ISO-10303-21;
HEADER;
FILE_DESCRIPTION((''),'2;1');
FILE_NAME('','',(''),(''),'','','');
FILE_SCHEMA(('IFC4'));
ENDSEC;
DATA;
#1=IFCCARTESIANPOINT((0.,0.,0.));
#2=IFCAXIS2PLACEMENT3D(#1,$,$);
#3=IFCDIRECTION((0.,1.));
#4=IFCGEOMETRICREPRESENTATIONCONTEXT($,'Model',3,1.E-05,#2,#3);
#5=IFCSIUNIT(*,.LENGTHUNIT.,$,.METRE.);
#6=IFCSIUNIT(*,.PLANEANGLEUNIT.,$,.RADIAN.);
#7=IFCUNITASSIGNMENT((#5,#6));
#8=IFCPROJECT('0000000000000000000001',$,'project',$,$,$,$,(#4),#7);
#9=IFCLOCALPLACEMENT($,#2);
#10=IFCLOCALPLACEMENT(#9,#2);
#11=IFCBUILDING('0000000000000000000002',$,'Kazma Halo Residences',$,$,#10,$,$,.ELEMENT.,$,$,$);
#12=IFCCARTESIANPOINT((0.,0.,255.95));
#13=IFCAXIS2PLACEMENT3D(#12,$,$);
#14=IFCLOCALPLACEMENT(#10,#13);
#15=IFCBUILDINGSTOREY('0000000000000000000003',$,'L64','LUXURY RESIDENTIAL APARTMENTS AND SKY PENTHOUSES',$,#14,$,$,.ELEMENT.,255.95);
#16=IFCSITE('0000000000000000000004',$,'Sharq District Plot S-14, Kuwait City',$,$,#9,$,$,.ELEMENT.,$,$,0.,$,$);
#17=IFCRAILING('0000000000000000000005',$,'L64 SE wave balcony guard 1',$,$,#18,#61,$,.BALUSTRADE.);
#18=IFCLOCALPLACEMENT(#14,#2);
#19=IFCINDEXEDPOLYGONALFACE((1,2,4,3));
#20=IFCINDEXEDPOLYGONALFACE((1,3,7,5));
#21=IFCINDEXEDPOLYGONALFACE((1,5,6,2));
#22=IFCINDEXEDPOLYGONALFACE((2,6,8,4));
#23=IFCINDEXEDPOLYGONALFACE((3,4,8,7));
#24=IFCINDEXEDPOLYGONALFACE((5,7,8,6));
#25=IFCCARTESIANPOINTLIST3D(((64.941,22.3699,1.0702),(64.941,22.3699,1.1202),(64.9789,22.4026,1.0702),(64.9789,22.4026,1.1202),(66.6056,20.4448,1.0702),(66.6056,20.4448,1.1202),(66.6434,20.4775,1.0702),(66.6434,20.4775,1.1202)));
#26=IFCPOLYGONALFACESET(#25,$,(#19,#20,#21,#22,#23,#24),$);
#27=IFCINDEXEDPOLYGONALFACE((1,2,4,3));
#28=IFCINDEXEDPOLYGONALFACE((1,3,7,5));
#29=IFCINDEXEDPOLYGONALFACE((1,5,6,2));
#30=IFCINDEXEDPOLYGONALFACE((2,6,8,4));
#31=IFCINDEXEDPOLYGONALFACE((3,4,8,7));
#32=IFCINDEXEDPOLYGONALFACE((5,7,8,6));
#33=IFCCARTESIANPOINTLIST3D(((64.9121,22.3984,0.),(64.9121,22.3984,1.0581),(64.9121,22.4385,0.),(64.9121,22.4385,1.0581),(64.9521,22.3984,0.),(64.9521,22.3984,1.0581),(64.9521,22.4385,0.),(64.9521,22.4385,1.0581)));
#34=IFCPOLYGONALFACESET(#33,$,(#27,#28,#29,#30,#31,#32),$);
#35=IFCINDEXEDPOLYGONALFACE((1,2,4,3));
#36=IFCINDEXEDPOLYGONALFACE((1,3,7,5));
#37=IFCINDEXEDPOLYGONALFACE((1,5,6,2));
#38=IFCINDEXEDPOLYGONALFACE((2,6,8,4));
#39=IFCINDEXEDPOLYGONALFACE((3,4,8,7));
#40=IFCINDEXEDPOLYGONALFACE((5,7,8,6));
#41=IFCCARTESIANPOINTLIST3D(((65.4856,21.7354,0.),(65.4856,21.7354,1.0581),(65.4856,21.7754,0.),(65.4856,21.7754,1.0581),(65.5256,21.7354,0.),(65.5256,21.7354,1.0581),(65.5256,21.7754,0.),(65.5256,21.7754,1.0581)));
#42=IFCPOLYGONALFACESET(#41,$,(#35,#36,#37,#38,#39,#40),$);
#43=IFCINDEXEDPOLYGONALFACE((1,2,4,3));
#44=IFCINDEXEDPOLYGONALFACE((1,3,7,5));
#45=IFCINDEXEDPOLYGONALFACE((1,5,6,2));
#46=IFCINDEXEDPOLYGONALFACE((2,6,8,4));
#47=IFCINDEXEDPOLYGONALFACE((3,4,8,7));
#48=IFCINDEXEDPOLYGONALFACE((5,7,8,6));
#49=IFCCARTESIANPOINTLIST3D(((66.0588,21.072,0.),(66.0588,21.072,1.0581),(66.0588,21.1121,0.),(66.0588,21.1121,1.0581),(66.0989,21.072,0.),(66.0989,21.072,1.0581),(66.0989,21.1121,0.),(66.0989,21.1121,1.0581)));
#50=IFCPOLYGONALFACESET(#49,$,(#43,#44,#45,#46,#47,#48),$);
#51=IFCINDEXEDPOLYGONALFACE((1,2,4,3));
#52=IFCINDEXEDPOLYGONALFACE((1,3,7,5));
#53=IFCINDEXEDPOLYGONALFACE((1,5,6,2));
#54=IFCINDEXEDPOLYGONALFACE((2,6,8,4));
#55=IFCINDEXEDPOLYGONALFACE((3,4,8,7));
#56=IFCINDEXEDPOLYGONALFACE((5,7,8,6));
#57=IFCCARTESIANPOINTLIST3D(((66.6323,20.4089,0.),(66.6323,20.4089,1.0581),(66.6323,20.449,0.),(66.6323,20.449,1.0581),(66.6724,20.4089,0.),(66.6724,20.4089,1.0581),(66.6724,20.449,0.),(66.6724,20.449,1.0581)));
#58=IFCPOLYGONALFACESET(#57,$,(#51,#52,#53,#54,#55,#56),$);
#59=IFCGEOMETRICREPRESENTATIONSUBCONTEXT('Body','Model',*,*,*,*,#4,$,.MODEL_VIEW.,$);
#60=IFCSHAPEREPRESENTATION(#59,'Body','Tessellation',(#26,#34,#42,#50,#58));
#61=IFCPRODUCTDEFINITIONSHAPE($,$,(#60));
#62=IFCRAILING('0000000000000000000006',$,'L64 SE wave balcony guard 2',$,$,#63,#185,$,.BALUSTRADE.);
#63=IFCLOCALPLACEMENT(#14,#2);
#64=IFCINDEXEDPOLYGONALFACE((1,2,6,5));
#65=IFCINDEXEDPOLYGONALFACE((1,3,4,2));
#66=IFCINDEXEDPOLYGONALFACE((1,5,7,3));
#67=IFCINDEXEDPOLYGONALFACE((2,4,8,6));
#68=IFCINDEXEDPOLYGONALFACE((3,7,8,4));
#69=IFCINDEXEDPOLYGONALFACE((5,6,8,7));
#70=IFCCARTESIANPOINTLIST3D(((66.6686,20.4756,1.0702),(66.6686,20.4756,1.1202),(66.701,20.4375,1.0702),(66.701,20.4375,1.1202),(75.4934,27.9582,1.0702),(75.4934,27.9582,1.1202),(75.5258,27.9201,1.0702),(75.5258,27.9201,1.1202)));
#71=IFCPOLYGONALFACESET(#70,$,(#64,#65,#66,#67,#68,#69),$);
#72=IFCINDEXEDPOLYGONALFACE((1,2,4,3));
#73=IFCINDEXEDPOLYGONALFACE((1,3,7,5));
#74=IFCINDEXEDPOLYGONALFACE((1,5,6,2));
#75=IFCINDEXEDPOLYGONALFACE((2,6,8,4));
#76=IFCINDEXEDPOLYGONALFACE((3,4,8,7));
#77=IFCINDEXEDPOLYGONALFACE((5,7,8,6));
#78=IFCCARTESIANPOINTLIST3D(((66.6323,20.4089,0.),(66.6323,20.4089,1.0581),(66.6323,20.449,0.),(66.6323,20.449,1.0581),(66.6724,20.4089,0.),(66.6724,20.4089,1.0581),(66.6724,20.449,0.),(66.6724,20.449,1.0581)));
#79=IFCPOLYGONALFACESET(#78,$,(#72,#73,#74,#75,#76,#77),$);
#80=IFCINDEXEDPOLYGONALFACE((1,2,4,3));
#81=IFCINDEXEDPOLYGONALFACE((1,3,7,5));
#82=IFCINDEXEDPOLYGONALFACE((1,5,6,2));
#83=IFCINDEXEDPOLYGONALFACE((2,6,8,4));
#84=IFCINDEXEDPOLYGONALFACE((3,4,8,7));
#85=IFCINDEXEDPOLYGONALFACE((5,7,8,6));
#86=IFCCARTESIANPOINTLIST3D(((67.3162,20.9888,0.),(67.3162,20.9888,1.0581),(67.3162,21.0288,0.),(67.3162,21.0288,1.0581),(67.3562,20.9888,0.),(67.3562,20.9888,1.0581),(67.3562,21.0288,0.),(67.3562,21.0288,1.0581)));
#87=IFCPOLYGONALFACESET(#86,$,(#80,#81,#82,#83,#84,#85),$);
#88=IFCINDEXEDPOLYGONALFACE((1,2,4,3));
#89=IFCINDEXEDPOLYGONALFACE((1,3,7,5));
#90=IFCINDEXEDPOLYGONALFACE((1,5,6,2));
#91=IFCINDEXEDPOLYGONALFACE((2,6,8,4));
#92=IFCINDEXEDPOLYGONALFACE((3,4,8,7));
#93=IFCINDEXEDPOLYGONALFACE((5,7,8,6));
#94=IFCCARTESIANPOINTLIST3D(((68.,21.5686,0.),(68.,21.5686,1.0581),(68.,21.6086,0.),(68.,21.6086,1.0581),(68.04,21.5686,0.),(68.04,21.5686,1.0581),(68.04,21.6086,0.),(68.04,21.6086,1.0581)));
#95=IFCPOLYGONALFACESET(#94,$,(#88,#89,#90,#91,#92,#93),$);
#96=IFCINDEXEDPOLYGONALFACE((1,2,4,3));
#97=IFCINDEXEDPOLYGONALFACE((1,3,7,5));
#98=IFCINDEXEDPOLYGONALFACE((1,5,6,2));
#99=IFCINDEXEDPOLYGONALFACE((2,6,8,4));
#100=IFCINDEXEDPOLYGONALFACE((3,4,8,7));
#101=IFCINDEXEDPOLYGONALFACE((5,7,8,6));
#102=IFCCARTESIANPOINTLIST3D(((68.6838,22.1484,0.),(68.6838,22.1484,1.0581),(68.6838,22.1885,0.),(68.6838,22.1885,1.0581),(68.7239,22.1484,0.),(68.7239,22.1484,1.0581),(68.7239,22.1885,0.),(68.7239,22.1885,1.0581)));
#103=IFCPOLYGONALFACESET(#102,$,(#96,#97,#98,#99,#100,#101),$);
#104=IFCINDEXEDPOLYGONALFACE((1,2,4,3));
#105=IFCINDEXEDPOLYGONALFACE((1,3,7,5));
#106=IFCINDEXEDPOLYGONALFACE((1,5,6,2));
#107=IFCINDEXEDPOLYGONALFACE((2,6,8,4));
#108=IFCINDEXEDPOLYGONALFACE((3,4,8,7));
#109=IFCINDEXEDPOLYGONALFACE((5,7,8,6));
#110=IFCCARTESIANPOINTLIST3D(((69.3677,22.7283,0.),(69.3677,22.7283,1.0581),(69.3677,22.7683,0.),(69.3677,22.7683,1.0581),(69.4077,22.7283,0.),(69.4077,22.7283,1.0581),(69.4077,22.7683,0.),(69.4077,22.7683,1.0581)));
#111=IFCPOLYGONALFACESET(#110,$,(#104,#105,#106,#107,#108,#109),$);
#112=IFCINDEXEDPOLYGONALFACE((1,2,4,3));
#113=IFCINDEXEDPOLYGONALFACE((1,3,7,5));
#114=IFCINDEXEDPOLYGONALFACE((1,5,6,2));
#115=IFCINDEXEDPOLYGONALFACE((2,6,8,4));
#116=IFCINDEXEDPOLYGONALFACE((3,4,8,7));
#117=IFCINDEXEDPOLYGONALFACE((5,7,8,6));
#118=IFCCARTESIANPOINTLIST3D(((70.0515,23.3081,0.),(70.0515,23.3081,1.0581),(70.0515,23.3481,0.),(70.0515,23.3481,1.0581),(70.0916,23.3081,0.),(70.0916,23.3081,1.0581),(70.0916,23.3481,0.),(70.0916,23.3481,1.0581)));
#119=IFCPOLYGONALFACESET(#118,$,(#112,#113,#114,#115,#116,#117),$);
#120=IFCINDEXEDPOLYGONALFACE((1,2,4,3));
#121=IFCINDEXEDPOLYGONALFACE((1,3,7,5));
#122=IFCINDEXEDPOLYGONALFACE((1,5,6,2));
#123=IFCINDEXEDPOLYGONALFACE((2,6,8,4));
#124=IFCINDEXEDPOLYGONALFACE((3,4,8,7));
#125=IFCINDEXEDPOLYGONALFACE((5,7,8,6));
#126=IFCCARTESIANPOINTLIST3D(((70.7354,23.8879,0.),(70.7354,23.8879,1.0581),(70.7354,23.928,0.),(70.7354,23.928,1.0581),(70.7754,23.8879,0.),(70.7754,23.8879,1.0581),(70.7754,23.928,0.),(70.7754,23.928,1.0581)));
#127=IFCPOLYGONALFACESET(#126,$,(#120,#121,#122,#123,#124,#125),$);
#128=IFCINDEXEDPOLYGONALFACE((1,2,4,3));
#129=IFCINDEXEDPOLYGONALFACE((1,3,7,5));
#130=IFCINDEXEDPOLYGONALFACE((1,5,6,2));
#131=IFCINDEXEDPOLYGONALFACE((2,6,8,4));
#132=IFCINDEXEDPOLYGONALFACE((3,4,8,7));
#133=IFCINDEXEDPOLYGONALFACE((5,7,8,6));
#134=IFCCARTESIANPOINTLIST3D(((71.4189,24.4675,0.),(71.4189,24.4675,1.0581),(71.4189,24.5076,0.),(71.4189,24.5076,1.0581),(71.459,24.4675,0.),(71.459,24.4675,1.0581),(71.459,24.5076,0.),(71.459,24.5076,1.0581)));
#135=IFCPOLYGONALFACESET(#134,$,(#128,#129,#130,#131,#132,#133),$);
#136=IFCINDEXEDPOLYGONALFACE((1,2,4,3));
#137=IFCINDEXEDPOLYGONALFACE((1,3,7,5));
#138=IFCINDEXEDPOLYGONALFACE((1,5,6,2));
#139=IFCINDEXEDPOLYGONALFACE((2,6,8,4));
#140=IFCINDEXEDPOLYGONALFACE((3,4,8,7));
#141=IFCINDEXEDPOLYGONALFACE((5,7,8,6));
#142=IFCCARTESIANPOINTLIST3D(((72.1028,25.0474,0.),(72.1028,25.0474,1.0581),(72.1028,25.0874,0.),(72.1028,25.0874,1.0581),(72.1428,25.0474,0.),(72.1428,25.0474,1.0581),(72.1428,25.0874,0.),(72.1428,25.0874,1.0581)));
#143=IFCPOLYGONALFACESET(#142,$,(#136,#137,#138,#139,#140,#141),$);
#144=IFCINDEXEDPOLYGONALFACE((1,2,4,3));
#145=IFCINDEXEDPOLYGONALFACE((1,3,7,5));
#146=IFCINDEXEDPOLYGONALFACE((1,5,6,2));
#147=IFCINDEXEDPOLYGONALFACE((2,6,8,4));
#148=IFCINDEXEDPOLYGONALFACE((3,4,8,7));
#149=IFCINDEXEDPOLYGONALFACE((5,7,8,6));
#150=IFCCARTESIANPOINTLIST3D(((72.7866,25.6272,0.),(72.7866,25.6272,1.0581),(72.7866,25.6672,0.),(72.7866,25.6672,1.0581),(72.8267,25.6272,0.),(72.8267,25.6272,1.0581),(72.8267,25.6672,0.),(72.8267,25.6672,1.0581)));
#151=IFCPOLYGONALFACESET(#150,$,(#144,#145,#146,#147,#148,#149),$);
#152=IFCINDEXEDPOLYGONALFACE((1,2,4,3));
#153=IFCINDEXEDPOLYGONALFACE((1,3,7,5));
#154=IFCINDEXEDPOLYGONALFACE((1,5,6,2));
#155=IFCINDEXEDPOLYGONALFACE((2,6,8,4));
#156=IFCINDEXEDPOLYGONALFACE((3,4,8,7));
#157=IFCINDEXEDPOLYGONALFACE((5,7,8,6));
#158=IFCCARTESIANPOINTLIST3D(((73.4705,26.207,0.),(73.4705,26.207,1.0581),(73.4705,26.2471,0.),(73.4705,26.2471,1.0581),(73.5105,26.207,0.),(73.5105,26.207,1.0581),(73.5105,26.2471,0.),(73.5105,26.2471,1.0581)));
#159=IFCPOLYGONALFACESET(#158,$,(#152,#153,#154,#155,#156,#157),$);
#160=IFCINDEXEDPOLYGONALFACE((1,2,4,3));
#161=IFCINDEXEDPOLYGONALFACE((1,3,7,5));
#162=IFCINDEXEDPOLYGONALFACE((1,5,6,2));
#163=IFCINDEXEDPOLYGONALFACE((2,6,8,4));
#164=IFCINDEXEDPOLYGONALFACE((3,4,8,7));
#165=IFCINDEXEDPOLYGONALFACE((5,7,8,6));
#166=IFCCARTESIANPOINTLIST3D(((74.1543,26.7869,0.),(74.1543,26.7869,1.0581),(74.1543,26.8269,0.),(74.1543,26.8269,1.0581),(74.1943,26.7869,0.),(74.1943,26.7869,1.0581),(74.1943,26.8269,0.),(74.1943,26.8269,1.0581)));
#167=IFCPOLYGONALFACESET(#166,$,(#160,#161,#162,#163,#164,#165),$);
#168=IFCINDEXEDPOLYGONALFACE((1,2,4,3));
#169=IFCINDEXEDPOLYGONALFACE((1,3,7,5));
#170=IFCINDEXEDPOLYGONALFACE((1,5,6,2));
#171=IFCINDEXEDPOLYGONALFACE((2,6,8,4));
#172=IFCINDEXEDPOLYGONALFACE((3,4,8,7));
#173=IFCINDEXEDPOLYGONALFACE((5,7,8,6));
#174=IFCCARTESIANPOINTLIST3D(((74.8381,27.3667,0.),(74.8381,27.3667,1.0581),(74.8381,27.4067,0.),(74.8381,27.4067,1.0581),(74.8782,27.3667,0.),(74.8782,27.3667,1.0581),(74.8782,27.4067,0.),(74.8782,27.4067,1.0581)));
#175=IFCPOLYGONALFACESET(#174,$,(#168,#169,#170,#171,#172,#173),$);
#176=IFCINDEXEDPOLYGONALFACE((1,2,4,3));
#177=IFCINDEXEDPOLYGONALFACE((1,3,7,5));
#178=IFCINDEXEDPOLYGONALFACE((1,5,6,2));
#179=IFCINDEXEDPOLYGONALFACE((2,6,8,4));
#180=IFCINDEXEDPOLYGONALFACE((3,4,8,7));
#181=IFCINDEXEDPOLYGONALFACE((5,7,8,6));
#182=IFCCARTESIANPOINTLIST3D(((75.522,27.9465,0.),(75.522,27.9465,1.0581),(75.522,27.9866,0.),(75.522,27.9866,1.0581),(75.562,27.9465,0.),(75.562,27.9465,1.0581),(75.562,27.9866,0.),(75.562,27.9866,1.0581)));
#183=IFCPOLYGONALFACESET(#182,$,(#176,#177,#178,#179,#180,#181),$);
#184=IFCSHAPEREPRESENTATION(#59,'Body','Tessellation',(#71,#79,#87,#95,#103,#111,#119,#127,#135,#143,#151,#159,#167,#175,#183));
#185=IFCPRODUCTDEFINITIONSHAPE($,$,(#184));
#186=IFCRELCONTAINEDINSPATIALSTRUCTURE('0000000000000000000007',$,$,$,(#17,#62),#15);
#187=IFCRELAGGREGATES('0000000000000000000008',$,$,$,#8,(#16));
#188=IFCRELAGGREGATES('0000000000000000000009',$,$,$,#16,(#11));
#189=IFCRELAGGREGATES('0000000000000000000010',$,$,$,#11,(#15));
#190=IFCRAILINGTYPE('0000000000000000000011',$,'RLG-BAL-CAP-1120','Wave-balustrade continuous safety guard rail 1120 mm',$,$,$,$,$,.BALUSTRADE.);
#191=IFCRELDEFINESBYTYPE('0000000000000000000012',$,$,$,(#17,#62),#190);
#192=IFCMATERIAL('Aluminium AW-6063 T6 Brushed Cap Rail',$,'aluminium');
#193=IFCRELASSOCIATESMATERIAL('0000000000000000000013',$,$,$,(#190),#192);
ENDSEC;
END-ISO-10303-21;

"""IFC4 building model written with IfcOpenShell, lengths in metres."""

from ifc_helpers import new_model, si_unit, direction, frame, origin, origin_2d, place, context, subcontext, project, spatial, rectangle, extrude, material, type_object, element, save


model = new_model("IFC4")

# Units and contexts
model_context = context("Model", 3, precision=1e-05, world=origin(), true_north=direction((0.0, 1.0)))
body_context = subcontext(model_context, "Body", "Model", "MODEL_VIEW")
ifc_project = project(units=[si_unit("LENGTHUNIT", "METRE"), si_unit("PLANEANGLEUNIT", "RADIAN")], contexts=[model_context])

# Site, building, storey
site_placement = place(None, origin())
site = spatial("IfcSite", under=ifc_project, at=site_placement, Name="Sharq District Plot S-14, Kuwait City", CompositionType="ELEMENT", RefElevation=0.0)
building_placement = place(site_placement, origin())
building = spatial("IfcBuilding", under=site, at=building_placement, Name="Kazma Halo Residences", CompositionType="ELEMENT")
storey_placement = place(building_placement, frame((0.0, 0.0, 255.95)))
storey = spatial("IfcBuildingStorey", under=building, at=storey_placement, Name="L64", Description="LUXURY RESIDENTIAL APARTMENTS AND SKY PENTHOUSES", CompositionType="ELEMENT", Elevation=255.95)

# Railings
ifc_material_1 = material(Name="Aluminium AW-6063 T6 Brushed Cap Rail", Category="aluminium")
railing_type = type_object("IfcRailingType", Name="RLG-BAL-CAP-1120", Description="Wave-balustrade continuous safety guard rail 1120 mm", PredefinedType="BALUSTRADE", material=ifc_material_1)
railing_1_placement = place(storey_placement, frame((64.9321, 22.4185, 0.0)))
element("IfcRailing", 1, at=railing_1_placement, inside=storey, type_object=railing_type, Name="L64 SE wave balcony guard 1", PredefinedType="BALUSTRADE", context=body_context, shape_type="SweptSolid", body=[
    extrude(rectangle(XDim=0.05, YDim=0.05, at=origin_2d()), frame((0.0278, -0.0322, 1.0952), z_axis=(0.654057, -0.756445, 0.0), x_axis=(0.756445, 0.654057, 0.0)), (0.0, 0.0, 1.0), 2.5449),
    extrude(rectangle(XDim=0.04, YDim=0.04, at=origin_2d()), origin(), (0.0, 0.0, 1.0), 1.0581),
    extrude(rectangle(XDim=0.04, YDim=0.04, at=origin_2d()), frame((0.5735, -0.6631, 0.0)), (0.0, 0.0, 1.0), 1.0581),
    extrude(rectangle(XDim=0.04, YDim=0.04, at=origin_2d()), frame((1.1467, -1.3264, 0.0)), (0.0, 0.0, 1.0), 1.0581),
    extrude(rectangle(XDim=0.04, YDim=0.04, at=origin_2d()), frame((1.7202, -1.9895, 0.0)), (0.0, 0.0, 1.0), 1.0581),
])
railing_2_placement = place(storey_placement, frame((66.6523, 20.429, 0.0)))
element("IfcRailing", 2, at=railing_2_placement, inside=storey, type_object=railing_type, Name="L64 SE wave balcony guard 2", PredefinedType="BALUSTRADE", context=body_context, shape_type="SweptSolid", body=[
    extrude(rectangle(XDim=0.05, YDim=0.05, at=origin_2d()), frame((0.0325, 0.0276, 1.0952), z_axis=(0.762726, 0.646721, 0.0), x_axis=(-0.646721, 0.762726, 0.0)), (0.0, 0.0, 1.0), 11.5701),
    extrude(rectangle(XDim=0.04, YDim=0.04, at=origin_2d()), origin(), (0.0, 0.0, 1.0), 1.0581),
    extrude(rectangle(XDim=0.04, YDim=0.04, at=origin_2d()), frame((0.6838, 0.5798, 0.0)), (0.0, 0.0, 1.0), 1.0581),
    extrude(rectangle(XDim=0.04, YDim=0.04, at=origin_2d()), frame((1.3677, 1.1597, 0.0)), (0.0, 0.0, 1.0), 1.0581),
    extrude(rectangle(XDim=0.04, YDim=0.04, at=origin_2d()), frame((2.0515, 1.7395, 0.0)), (0.0, 0.0, 1.0), 1.0581),
    extrude(rectangle(XDim=0.04, YDim=0.04, at=origin_2d()), frame((2.7354, 2.3193, 0.0)), (0.0, 0.0, 1.0), 1.0581),
    extrude(rectangle(XDim=0.04, YDim=0.04, at=origin_2d()), frame((3.4192, 2.8992, 0.0)), (0.0, 0.0, 1.0), 1.0581),
    extrude(rectangle(XDim=0.04, YDim=0.04, at=origin_2d()), frame((4.103, 3.479, 0.0)), (0.0, 0.0, 1.0), 1.0581),
    extrude(rectangle(XDim=0.04, YDim=0.04, at=origin_2d()), frame((4.7866, 4.0586, 0.0)), (0.0, 0.0, 1.0), 1.0581),
    extrude(rectangle(XDim=0.04, YDim=0.04, at=origin_2d()), frame((5.4705, 4.6384, 0.0)), (0.0, 0.0, 1.0), 1.0581),
    extrude(rectangle(XDim=0.04, YDim=0.04, at=origin_2d()), frame((6.1543, 5.2183, 0.0)), (0.0, 0.0, 1.0), 1.0581),
    extrude(rectangle(XDim=0.04, YDim=0.04, at=origin_2d()), frame((6.8381, 5.7981, 0.0)), (0.0, 0.0, 1.0), 1.0581),
    extrude(rectangle(XDim=0.04, YDim=0.04, at=origin_2d()), frame((7.522, 6.3779, 0.0)), (0.0, 0.0, 1.0), 1.0581),
    extrude(rectangle(XDim=0.04, YDim=0.04, at=origin_2d()), frame((8.2058, 6.9578, 0.0)), (0.0, 0.0, 1.0), 1.0581),
    extrude(rectangle(XDim=0.04, YDim=0.04, at=origin_2d()), frame((8.8896, 7.5376, 0.0)), (0.0, 0.0, 1.0), 1.0581),
])

save(model, "model.ifc")
